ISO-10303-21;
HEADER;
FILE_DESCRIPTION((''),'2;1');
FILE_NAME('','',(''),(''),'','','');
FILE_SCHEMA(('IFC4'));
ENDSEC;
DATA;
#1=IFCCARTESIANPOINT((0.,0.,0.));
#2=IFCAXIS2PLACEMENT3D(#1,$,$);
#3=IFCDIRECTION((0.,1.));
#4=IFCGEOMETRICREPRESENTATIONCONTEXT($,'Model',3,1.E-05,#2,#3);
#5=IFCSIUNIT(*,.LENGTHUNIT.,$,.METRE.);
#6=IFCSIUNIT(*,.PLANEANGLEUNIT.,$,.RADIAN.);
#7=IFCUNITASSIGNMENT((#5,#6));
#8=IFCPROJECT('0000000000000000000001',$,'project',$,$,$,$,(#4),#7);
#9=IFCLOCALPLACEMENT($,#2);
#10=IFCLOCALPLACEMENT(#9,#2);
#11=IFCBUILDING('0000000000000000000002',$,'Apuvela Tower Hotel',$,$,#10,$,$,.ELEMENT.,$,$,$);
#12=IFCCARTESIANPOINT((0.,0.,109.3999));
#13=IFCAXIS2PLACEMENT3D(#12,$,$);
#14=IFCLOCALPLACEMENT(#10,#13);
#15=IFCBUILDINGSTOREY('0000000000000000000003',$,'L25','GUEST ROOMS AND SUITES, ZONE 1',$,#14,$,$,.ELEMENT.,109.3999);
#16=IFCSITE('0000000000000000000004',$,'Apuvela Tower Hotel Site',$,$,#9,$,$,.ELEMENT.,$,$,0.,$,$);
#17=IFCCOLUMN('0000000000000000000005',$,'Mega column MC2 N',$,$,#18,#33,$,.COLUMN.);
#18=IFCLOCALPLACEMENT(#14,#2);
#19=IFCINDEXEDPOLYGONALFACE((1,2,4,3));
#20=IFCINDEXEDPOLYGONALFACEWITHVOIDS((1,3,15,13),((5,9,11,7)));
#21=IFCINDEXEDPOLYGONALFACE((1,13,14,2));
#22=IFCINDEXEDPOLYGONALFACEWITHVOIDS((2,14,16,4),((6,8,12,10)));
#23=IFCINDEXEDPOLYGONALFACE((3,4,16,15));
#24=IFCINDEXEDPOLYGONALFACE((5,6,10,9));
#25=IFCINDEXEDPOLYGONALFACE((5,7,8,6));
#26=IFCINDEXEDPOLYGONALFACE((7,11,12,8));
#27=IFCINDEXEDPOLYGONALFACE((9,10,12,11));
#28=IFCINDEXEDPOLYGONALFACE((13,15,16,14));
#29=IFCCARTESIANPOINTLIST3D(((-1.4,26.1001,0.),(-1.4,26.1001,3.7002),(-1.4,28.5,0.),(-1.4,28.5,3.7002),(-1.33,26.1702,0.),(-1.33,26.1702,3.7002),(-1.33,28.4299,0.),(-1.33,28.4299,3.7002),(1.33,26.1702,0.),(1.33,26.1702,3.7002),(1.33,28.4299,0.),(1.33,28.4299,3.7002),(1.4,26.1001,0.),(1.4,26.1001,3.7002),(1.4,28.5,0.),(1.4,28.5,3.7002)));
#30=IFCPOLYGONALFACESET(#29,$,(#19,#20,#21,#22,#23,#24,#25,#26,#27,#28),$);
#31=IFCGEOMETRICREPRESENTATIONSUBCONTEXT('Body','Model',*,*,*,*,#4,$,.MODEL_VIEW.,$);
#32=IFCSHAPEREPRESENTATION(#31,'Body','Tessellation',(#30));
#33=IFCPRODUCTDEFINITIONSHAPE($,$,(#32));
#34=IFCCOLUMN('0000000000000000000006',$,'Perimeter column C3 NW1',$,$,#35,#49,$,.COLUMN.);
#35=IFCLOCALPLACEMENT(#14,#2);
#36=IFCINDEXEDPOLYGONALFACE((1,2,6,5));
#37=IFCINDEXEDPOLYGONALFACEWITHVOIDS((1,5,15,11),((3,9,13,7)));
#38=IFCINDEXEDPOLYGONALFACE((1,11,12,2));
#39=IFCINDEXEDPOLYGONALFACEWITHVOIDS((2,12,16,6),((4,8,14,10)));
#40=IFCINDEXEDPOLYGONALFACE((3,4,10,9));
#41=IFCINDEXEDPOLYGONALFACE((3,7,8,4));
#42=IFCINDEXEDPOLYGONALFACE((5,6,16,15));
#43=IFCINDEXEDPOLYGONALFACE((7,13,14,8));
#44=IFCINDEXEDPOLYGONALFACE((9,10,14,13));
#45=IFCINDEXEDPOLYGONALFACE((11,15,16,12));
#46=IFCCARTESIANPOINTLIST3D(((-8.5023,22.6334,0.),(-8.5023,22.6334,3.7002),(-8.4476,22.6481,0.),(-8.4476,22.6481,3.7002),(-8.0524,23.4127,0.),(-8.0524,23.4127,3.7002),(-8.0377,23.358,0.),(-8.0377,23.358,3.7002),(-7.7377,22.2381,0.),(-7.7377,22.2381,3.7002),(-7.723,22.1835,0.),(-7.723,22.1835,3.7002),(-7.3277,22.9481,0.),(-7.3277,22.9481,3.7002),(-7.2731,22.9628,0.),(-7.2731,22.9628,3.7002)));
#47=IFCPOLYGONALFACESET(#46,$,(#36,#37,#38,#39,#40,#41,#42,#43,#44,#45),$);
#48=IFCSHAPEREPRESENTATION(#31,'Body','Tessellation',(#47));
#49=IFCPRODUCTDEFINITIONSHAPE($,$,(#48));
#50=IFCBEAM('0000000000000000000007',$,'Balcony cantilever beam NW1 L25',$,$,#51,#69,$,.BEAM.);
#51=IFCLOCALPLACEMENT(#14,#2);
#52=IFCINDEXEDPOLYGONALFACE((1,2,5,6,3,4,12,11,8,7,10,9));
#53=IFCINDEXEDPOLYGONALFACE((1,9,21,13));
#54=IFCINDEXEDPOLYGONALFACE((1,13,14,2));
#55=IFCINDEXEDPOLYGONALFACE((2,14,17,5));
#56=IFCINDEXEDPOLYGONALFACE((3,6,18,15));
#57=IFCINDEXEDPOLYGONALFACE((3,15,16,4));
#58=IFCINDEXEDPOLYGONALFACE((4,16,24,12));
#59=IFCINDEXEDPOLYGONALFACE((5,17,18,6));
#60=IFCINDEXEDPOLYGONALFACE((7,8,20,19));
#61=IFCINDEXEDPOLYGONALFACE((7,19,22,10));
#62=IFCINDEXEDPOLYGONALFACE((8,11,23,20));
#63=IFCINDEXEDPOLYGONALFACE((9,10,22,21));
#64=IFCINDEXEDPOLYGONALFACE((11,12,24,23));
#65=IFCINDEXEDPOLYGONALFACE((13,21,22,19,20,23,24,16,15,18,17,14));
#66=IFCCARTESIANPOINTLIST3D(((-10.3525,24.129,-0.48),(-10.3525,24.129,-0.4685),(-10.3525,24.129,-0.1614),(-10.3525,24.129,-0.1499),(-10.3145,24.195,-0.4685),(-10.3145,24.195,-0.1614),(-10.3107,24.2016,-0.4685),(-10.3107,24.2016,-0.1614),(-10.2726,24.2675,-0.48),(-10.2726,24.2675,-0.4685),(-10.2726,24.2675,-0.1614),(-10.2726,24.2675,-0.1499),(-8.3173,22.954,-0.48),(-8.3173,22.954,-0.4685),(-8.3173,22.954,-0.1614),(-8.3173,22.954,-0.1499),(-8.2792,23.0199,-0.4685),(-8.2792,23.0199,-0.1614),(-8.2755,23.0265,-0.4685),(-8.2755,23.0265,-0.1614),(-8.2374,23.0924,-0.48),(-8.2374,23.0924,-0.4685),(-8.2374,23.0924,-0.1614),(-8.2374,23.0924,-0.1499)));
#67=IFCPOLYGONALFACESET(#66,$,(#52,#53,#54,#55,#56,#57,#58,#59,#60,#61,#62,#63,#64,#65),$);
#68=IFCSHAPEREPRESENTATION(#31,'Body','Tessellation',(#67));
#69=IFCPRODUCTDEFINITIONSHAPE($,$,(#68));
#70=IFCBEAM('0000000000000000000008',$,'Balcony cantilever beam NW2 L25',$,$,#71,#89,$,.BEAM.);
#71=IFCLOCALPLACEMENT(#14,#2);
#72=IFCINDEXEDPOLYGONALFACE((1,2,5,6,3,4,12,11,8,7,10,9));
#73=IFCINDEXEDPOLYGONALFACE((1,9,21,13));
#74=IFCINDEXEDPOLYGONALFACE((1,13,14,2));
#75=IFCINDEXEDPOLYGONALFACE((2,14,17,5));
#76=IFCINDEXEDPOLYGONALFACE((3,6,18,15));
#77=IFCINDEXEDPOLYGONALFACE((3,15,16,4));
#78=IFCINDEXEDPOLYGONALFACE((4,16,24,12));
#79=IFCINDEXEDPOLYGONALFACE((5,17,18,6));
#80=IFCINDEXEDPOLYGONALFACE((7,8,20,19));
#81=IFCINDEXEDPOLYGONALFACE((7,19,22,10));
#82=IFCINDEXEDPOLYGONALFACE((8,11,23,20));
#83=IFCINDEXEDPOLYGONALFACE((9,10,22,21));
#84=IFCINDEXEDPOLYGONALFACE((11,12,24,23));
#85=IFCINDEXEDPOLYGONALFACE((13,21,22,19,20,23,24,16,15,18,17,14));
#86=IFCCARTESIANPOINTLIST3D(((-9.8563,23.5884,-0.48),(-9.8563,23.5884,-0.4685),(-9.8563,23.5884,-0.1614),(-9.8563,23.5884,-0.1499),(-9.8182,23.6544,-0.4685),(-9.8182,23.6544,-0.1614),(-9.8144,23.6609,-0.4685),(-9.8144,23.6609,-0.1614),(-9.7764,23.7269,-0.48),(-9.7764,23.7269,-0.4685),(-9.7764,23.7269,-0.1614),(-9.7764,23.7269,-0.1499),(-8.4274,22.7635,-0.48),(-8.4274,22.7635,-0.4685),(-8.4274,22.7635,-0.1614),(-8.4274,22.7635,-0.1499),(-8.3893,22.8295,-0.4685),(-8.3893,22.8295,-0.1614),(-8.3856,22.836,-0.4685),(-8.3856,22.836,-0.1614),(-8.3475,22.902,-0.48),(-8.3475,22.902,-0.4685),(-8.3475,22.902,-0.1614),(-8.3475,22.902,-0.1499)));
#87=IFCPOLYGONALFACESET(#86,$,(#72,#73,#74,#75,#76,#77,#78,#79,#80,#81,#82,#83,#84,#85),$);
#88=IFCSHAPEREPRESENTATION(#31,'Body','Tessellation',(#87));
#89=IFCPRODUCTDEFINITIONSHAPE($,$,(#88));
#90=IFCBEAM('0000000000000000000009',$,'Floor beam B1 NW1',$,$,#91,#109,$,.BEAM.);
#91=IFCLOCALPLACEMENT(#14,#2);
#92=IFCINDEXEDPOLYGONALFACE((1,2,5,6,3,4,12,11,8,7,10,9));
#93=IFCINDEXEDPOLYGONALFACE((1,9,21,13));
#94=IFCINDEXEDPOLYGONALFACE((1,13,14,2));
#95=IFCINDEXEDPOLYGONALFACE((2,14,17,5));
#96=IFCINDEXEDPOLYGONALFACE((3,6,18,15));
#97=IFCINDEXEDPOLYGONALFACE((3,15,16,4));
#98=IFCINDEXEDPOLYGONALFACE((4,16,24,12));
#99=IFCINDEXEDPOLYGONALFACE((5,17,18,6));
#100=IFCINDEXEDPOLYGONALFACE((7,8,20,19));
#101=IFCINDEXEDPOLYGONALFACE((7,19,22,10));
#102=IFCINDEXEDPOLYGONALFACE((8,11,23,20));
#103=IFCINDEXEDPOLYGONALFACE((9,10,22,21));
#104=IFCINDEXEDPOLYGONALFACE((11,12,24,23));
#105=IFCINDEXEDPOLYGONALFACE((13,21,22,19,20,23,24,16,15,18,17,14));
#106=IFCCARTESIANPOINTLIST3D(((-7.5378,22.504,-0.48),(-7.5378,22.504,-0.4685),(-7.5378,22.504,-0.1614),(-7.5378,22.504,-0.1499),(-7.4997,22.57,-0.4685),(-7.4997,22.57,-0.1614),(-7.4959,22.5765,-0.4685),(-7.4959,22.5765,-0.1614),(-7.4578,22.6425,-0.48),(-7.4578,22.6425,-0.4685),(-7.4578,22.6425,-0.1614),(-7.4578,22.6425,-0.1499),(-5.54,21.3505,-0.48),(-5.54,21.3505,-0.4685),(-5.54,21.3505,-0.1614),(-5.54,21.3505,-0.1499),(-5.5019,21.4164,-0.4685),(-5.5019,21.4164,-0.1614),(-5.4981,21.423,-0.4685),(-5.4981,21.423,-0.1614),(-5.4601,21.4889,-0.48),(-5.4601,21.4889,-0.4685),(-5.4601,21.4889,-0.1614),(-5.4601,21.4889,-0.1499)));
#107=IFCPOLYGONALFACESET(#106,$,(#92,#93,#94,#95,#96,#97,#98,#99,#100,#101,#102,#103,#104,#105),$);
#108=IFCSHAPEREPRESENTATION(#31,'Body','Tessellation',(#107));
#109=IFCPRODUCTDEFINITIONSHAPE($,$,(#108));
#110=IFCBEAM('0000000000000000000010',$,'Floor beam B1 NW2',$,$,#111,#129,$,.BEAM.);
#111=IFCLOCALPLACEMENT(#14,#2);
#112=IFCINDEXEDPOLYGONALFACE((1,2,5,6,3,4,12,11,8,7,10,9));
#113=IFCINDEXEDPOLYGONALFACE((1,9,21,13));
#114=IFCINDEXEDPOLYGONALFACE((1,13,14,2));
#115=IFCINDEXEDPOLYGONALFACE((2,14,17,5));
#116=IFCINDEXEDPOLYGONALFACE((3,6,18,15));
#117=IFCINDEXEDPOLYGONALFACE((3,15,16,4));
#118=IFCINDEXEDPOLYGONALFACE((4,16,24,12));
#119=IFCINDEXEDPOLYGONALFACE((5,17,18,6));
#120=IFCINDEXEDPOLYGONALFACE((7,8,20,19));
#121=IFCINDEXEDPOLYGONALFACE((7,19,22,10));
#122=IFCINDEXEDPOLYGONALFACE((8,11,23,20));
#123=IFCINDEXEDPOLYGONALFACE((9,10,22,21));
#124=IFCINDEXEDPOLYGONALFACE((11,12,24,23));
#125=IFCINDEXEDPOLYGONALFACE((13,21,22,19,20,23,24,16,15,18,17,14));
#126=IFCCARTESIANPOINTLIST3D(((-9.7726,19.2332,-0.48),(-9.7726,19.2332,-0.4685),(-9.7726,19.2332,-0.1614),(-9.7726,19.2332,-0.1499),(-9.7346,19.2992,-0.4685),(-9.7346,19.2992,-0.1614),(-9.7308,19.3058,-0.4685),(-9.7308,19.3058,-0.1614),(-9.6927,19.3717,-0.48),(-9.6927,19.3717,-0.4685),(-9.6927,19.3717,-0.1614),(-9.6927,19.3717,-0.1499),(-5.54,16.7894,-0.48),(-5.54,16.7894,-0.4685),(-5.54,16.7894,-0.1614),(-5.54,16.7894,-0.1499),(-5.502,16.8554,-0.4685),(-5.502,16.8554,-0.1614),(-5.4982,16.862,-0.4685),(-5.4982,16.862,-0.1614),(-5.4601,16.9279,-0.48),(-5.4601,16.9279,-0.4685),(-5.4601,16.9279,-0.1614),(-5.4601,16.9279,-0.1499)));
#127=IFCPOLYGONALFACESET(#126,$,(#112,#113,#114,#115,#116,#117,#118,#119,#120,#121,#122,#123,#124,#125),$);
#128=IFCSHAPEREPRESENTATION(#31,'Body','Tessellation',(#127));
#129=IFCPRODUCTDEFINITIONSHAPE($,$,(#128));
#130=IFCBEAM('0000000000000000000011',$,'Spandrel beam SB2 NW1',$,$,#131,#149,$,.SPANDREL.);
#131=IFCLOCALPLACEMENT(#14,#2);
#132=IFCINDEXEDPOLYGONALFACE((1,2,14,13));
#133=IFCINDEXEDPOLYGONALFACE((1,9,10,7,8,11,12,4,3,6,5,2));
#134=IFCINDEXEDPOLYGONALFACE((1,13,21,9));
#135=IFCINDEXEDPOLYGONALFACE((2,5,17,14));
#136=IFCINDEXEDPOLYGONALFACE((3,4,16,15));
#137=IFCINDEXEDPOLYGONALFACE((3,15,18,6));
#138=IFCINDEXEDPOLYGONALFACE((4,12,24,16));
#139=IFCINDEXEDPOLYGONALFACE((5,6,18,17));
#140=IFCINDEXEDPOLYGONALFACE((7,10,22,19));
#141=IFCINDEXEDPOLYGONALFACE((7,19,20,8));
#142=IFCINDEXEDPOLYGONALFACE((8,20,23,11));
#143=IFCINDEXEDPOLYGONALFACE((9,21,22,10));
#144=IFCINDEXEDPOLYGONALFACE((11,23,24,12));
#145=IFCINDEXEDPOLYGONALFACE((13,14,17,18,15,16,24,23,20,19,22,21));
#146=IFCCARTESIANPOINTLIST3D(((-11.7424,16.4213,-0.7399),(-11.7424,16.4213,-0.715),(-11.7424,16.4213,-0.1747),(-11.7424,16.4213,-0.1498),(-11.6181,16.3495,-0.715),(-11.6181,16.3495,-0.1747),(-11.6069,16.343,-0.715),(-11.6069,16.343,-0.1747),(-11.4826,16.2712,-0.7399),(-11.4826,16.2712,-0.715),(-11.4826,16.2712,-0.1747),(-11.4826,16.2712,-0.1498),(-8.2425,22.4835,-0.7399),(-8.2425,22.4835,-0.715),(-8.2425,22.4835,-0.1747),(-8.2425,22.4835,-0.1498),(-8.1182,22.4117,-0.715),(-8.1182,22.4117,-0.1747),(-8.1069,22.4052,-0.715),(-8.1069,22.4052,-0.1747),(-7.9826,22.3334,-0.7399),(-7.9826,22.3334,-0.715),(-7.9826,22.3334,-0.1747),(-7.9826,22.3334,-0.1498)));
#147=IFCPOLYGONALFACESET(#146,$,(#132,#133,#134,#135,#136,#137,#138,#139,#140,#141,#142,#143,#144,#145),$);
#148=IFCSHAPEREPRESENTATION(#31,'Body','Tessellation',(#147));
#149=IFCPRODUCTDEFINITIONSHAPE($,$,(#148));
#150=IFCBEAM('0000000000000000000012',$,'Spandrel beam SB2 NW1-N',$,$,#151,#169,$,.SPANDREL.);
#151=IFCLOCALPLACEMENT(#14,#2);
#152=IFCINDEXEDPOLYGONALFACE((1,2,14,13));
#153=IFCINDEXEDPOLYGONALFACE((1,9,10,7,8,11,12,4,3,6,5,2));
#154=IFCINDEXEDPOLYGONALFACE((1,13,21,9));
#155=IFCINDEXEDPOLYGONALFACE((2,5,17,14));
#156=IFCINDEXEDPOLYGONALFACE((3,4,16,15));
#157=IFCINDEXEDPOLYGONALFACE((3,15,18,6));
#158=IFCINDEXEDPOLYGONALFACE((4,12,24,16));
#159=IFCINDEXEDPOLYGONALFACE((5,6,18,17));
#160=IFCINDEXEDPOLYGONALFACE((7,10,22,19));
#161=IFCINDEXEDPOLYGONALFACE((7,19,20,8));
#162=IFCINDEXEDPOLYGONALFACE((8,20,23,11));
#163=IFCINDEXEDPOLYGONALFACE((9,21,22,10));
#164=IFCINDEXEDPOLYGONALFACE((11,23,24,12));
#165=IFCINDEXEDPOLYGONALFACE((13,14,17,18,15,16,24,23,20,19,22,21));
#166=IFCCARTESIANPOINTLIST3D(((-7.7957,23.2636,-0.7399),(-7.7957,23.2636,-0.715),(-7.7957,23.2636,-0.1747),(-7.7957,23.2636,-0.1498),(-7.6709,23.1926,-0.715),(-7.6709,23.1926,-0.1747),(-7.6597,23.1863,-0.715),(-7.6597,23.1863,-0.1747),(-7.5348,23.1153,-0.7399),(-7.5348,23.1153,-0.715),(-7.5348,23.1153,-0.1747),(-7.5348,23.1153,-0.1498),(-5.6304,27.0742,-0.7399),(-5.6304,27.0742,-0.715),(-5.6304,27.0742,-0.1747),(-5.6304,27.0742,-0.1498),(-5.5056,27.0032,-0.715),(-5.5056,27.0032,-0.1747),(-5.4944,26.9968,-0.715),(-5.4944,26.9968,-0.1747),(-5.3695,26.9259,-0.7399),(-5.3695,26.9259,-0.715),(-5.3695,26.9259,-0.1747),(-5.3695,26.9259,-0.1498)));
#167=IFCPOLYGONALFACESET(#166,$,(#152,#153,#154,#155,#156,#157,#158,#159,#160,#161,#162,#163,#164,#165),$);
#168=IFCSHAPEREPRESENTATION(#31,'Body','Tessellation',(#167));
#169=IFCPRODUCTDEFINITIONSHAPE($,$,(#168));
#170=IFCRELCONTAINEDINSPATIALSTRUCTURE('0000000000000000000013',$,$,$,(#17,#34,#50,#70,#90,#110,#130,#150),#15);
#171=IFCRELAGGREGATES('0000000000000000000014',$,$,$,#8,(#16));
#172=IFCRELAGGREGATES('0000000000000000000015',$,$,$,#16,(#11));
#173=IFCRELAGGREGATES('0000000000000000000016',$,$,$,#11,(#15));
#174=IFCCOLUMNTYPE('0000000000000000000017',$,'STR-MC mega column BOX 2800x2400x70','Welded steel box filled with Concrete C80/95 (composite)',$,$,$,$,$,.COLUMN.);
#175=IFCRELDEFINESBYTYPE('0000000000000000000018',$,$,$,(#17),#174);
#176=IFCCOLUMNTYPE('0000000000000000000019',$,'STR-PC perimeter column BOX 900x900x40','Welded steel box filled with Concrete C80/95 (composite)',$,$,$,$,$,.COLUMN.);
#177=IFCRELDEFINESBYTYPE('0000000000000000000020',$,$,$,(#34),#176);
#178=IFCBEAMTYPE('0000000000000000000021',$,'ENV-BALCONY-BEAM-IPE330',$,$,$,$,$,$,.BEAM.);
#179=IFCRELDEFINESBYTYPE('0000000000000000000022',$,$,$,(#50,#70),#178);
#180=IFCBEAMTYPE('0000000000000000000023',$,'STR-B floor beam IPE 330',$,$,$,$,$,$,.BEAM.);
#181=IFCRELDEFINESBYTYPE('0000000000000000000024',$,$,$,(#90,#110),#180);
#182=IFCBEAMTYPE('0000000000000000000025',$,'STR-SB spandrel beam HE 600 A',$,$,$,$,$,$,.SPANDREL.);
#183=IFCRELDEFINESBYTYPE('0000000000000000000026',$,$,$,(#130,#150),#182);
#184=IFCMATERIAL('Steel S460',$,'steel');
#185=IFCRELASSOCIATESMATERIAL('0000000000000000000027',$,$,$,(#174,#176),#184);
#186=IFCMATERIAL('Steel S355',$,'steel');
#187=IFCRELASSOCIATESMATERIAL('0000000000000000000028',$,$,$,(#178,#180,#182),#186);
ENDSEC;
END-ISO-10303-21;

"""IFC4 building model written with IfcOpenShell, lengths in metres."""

from ifc_helpers import new_model, si_unit, direction, frame, origin, origin_2d, place, context, subcontext, project, spatial, rectangle, hollow_rectangle, i_section, extrude, material, material_profile, profile_set, type_object, element, save


model = new_model("IFC4")

# Units and contexts
model_context = context("Model", 3, precision=1e-05, world=origin(), true_north=direction((0.0, 1.0)))
body_context = subcontext(model_context, "Body", "Model", "MODEL_VIEW")
ifc_project = project(units=[si_unit("LENGTHUNIT", "METRE"), si_unit("PLANEANGLEUNIT", "RADIAN")], contexts=[model_context])

# Site, building, storey
site_placement = place(None, origin())
site = spatial("IfcSite", under=ifc_project, at=site_placement, Name="Apuvela Tower Hotel Site", CompositionType="ELEMENT", RefElevation=0.0)
building_placement = place(site_placement, origin())
building = spatial("IfcBuilding", under=site, at=building_placement, Name="Apuvela Tower Hotel", CompositionType="ELEMENT")
storey_placement = place(building_placement, frame((0.0, 0.0, 109.3999)))
storey = spatial("IfcBuildingStorey", under=building, at=storey_placement, Name="L25", Description="GUEST ROOMS AND SUITES, ZONE 1", CompositionType="ELEMENT", Elevation=109.3999)

# Columns
ifc_material_1 = material(Name="Steel S460", Category="steel")
ifc_material_profile_1 = material_profile(ifc_material_1, hollow_rectangle(XDim=2.8, YDim=2.3999, WallThickness=0.0701, at=origin_2d()), Name="BOX 2800x2400x70")
ifc_material_2 = material(Name="Concrete C80/95", Category="concrete")
ifc_material_profile_2 = material_profile(ifc_material_2, rectangle(XDim=2.6599, YDim=2.26, at=origin_2d()), Name="Concrete C80/95 infill")
ifc_profile_set_1 = profile_set([ifc_material_profile_1, ifc_material_profile_2], Name="Steel S460")
column_type_1 = type_object("IfcColumnType", Name="STR-MC mega column BOX 2800x2400x70", Description="Welded steel box filled with Concrete C80/95 (composite)", PredefinedType="COLUMN", material=ifc_profile_set_1)
column_1_placement = place(storey_placement, frame((0.0, 27.3, 0.0), z_axis=(0.0, 0.0, 1.0), x_axis=(1.0, 0.0, 0.0)))
element("IfcColumn", 1, at=column_1_placement, inside=storey, type_object=column_type_1, Name="Mega column MC2 N", PredefinedType="COLUMN", context=body_context, shape_type="SweptSolid", body=[
    extrude(hollow_rectangle(XDim=2.8, YDim=2.3999, WallThickness=0.0701, at=origin_2d()), origin(), (0.0, 0.0, 1.0), 3.7002),
])
ifc_material_profile_3 = material_profile(ifc_material_1, hollow_rectangle(XDim=0.8999, YDim=0.8999, WallThickness=0.04, at=origin_2d()), Name="BOX 900x900x40")
ifc_material_profile_4 = material_profile(ifc_material_2, rectangle(XDim=0.8201, YDim=0.8201, at=origin_2d()), Name="Concrete C80/95 infill")
ifc_profile_set_2 = profile_set([ifc_material_profile_3, ifc_material_profile_4], Name="Steel S460")
column_type_2 = type_object("IfcColumnType", Name="STR-PC perimeter column BOX 900x900x40", Description="Welded steel box filled with Concrete C80/95 (composite)", PredefinedType="COLUMN", material=ifc_profile_set_2)
column_2_placement = place(storey_placement, frame((-7.8877, 22.7981, 0.0), z_axis=(0.0, 0.0, 1.0), x_axis=(0.5, 0.866025, 0.0)))
element("IfcColumn", 2, at=column_2_placement, inside=storey, type_object=column_type_2, Name="Perimeter column C3 NW1", PredefinedType="COLUMN", context=body_context, shape_type="SweptSolid", body=[
    extrude(hollow_rectangle(XDim=0.8999, YDim=0.8999, WallThickness=0.04, at=origin_2d()), origin(), (0.0, 0.0, 1.0), 3.7002),
])

# Beams
ifc_material_3 = material(Name="Steel S355", Category="steel")
ifc_material_profile_5 = material_profile(ifc_material_3, i_section(OverallWidth=0.1599, OverallDepth=0.3301, WebThickness=0.0076, FlangeThickness=0.0115, at=origin_2d()), Name="IPE 330")
ifc_profile_set_3 = profile_set([ifc_material_profile_5], Name="Steel S355")
beam_type_1 = type_object("IfcBeamType", Name="ENV-BALCONY-BEAM-IPE330", PredefinedType="BEAM", material=ifc_profile_set_3)
beam_1_placement = place(storey_placement, frame((-8.2773, 23.0232, -0.3149), z_axis=(-0.866016, 0.500016, 0.0), x_axis=(-0.500016, -0.866016, 0.0)))
element("IfcBeam", 3, at=beam_1_placement, inside=storey, type_object=beam_type_1, Name="Balcony cantilever beam NW1 L25", PredefinedType="BEAM", context=body_context, shape_type="SweptSolid", body=[
    extrude(i_section(OverallWidth=0.1599, OverallDepth=0.3301, WebThickness=0.0076, FlangeThickness=0.0115, at=origin_2d()), origin(), (0.0, 0.0, 1.0), 2.3501),
])
beam_2_placement = place(storey_placement, frame((-8.3875, 22.8328, -0.3149), z_axis=(-0.86604, 0.499974, 0.0), x_axis=(-0.499974, -0.86604, 0.0)))
element("IfcBeam", 4, at=beam_2_placement, inside=storey, type_object=beam_type_1, Name="Balcony cantilever beam NW2 L25", PredefinedType="BEAM", context=body_context, shape_type="SweptSolid", body=[
    extrude(i_section(OverallWidth=0.1599, OverallDepth=0.3301, WebThickness=0.0076, FlangeThickness=0.0115, at=origin_2d()), origin(), (0.0, 0.0, 1.0), 1.6499),
])
ifc_material_profile_6 = material_profile(ifc_material_3, i_section(OverallWidth=0.1599, OverallDepth=0.3301, WebThickness=0.0076, FlangeThickness=0.0115, at=origin_2d()), Name="IPE 330")
ifc_profile_set_4 = profile_set([ifc_material_profile_6], Name="Steel S355")
beam_type_2 = type_object("IfcBeamType", Name="STR-B floor beam IPE 330", PredefinedType="BEAM", material=ifc_profile_set_4)
beam_3_placement = place(storey_placement, frame((-7.4978, 22.5732, -0.3149), z_axis=(0.866001, -0.500043, 0.0), x_axis=(0.500043, 0.866001, 0.0)))
element("IfcBeam", 5, at=beam_3_placement, inside=storey, type_object=beam_type_2, Name="Floor beam B1 NW1", PredefinedType="BEAM", context=body_context, shape_type="SweptSolid", body=[
    extrude(i_section(OverallWidth=0.1599, OverallDepth=0.3301, WebThickness=0.0076, FlangeThickness=0.0115, at=origin_2d()), origin(), (0.0, 0.0, 1.0), 2.3069),
])
beam_4_placement = place(storey_placement, frame((-9.7327, 19.3025, -0.3149), z_axis=(0.866015, -0.500018, 0.0), x_axis=(0.500018, 0.866015, 0.0)))
element("IfcBeam", 6, at=beam_4_placement, inside=storey, type_object=beam_type_2, Name="Floor beam B1 NW2", PredefinedType="BEAM", context=body_context, shape_type="SweptSolid", body=[
    extrude(i_section(OverallWidth=0.1599, OverallDepth=0.3301, WebThickness=0.0076, FlangeThickness=0.0115, at=origin_2d()), origin(), (0.0, 0.0, 1.0), 4.8875),
])
ifc_material_profile_7 = material_profile(ifc_material_3, i_section(OverallWidth=0.3, OverallDepth=0.5901, WebThickness=0.0129, FlangeThickness=0.0249, at=origin_2d()), Name="HE 600 A")
ifc_profile_set_5 = profile_set([ifc_material_profile_7], Name="Steel S355")
beam_type_3 = type_object("IfcBeamType", Name="STR-SB spandrel beam HE 600 A", PredefinedType="SPANDREL", material=ifc_profile_set_5)
beam_5_placement = place(storey_placement, frame((-8.1125, 22.4084, -0.4448), z_axis=(-0.499995, -0.866028, 0.0), x_axis=(0.866028, -0.499995, 0.0)))
element("IfcBeam", 7, at=beam_5_placement, inside=storey, type_object=beam_type_3, Name="Spandrel beam SB2 NW1", PredefinedType="SPANDREL", context=body_context, shape_type="SweptSolid", body=[
    extrude(i_section(OverallWidth=0.3, OverallDepth=0.5901, WebThickness=0.0129, FlangeThickness=0.0249, at=origin_2d()), origin(), (0.0, 0.0, 1.0), 7.0),
])
beam_6_placement = place(storey_placement, frame((-7.6653, 23.1895, -0.4448), z_axis=(0.494044, 0.869437, 0.0), x_axis=(-0.869437, 0.494044, 0.0)))
element("IfcBeam", 8, at=beam_6_placement, inside=storey, type_object=beam_type_3, Name="Spandrel beam SB2 NW1-N", PredefinedType="SPANDREL", context=body_context, shape_type="SweptSolid", body=[
    extrude(i_section(OverallWidth=0.3, OverallDepth=0.5901, WebThickness=0.0129, FlangeThickness=0.0249, at=origin_2d()), origin(), (0.0, 0.0, 1.0), 4.3828),
])

save(model, "model.ifc")
